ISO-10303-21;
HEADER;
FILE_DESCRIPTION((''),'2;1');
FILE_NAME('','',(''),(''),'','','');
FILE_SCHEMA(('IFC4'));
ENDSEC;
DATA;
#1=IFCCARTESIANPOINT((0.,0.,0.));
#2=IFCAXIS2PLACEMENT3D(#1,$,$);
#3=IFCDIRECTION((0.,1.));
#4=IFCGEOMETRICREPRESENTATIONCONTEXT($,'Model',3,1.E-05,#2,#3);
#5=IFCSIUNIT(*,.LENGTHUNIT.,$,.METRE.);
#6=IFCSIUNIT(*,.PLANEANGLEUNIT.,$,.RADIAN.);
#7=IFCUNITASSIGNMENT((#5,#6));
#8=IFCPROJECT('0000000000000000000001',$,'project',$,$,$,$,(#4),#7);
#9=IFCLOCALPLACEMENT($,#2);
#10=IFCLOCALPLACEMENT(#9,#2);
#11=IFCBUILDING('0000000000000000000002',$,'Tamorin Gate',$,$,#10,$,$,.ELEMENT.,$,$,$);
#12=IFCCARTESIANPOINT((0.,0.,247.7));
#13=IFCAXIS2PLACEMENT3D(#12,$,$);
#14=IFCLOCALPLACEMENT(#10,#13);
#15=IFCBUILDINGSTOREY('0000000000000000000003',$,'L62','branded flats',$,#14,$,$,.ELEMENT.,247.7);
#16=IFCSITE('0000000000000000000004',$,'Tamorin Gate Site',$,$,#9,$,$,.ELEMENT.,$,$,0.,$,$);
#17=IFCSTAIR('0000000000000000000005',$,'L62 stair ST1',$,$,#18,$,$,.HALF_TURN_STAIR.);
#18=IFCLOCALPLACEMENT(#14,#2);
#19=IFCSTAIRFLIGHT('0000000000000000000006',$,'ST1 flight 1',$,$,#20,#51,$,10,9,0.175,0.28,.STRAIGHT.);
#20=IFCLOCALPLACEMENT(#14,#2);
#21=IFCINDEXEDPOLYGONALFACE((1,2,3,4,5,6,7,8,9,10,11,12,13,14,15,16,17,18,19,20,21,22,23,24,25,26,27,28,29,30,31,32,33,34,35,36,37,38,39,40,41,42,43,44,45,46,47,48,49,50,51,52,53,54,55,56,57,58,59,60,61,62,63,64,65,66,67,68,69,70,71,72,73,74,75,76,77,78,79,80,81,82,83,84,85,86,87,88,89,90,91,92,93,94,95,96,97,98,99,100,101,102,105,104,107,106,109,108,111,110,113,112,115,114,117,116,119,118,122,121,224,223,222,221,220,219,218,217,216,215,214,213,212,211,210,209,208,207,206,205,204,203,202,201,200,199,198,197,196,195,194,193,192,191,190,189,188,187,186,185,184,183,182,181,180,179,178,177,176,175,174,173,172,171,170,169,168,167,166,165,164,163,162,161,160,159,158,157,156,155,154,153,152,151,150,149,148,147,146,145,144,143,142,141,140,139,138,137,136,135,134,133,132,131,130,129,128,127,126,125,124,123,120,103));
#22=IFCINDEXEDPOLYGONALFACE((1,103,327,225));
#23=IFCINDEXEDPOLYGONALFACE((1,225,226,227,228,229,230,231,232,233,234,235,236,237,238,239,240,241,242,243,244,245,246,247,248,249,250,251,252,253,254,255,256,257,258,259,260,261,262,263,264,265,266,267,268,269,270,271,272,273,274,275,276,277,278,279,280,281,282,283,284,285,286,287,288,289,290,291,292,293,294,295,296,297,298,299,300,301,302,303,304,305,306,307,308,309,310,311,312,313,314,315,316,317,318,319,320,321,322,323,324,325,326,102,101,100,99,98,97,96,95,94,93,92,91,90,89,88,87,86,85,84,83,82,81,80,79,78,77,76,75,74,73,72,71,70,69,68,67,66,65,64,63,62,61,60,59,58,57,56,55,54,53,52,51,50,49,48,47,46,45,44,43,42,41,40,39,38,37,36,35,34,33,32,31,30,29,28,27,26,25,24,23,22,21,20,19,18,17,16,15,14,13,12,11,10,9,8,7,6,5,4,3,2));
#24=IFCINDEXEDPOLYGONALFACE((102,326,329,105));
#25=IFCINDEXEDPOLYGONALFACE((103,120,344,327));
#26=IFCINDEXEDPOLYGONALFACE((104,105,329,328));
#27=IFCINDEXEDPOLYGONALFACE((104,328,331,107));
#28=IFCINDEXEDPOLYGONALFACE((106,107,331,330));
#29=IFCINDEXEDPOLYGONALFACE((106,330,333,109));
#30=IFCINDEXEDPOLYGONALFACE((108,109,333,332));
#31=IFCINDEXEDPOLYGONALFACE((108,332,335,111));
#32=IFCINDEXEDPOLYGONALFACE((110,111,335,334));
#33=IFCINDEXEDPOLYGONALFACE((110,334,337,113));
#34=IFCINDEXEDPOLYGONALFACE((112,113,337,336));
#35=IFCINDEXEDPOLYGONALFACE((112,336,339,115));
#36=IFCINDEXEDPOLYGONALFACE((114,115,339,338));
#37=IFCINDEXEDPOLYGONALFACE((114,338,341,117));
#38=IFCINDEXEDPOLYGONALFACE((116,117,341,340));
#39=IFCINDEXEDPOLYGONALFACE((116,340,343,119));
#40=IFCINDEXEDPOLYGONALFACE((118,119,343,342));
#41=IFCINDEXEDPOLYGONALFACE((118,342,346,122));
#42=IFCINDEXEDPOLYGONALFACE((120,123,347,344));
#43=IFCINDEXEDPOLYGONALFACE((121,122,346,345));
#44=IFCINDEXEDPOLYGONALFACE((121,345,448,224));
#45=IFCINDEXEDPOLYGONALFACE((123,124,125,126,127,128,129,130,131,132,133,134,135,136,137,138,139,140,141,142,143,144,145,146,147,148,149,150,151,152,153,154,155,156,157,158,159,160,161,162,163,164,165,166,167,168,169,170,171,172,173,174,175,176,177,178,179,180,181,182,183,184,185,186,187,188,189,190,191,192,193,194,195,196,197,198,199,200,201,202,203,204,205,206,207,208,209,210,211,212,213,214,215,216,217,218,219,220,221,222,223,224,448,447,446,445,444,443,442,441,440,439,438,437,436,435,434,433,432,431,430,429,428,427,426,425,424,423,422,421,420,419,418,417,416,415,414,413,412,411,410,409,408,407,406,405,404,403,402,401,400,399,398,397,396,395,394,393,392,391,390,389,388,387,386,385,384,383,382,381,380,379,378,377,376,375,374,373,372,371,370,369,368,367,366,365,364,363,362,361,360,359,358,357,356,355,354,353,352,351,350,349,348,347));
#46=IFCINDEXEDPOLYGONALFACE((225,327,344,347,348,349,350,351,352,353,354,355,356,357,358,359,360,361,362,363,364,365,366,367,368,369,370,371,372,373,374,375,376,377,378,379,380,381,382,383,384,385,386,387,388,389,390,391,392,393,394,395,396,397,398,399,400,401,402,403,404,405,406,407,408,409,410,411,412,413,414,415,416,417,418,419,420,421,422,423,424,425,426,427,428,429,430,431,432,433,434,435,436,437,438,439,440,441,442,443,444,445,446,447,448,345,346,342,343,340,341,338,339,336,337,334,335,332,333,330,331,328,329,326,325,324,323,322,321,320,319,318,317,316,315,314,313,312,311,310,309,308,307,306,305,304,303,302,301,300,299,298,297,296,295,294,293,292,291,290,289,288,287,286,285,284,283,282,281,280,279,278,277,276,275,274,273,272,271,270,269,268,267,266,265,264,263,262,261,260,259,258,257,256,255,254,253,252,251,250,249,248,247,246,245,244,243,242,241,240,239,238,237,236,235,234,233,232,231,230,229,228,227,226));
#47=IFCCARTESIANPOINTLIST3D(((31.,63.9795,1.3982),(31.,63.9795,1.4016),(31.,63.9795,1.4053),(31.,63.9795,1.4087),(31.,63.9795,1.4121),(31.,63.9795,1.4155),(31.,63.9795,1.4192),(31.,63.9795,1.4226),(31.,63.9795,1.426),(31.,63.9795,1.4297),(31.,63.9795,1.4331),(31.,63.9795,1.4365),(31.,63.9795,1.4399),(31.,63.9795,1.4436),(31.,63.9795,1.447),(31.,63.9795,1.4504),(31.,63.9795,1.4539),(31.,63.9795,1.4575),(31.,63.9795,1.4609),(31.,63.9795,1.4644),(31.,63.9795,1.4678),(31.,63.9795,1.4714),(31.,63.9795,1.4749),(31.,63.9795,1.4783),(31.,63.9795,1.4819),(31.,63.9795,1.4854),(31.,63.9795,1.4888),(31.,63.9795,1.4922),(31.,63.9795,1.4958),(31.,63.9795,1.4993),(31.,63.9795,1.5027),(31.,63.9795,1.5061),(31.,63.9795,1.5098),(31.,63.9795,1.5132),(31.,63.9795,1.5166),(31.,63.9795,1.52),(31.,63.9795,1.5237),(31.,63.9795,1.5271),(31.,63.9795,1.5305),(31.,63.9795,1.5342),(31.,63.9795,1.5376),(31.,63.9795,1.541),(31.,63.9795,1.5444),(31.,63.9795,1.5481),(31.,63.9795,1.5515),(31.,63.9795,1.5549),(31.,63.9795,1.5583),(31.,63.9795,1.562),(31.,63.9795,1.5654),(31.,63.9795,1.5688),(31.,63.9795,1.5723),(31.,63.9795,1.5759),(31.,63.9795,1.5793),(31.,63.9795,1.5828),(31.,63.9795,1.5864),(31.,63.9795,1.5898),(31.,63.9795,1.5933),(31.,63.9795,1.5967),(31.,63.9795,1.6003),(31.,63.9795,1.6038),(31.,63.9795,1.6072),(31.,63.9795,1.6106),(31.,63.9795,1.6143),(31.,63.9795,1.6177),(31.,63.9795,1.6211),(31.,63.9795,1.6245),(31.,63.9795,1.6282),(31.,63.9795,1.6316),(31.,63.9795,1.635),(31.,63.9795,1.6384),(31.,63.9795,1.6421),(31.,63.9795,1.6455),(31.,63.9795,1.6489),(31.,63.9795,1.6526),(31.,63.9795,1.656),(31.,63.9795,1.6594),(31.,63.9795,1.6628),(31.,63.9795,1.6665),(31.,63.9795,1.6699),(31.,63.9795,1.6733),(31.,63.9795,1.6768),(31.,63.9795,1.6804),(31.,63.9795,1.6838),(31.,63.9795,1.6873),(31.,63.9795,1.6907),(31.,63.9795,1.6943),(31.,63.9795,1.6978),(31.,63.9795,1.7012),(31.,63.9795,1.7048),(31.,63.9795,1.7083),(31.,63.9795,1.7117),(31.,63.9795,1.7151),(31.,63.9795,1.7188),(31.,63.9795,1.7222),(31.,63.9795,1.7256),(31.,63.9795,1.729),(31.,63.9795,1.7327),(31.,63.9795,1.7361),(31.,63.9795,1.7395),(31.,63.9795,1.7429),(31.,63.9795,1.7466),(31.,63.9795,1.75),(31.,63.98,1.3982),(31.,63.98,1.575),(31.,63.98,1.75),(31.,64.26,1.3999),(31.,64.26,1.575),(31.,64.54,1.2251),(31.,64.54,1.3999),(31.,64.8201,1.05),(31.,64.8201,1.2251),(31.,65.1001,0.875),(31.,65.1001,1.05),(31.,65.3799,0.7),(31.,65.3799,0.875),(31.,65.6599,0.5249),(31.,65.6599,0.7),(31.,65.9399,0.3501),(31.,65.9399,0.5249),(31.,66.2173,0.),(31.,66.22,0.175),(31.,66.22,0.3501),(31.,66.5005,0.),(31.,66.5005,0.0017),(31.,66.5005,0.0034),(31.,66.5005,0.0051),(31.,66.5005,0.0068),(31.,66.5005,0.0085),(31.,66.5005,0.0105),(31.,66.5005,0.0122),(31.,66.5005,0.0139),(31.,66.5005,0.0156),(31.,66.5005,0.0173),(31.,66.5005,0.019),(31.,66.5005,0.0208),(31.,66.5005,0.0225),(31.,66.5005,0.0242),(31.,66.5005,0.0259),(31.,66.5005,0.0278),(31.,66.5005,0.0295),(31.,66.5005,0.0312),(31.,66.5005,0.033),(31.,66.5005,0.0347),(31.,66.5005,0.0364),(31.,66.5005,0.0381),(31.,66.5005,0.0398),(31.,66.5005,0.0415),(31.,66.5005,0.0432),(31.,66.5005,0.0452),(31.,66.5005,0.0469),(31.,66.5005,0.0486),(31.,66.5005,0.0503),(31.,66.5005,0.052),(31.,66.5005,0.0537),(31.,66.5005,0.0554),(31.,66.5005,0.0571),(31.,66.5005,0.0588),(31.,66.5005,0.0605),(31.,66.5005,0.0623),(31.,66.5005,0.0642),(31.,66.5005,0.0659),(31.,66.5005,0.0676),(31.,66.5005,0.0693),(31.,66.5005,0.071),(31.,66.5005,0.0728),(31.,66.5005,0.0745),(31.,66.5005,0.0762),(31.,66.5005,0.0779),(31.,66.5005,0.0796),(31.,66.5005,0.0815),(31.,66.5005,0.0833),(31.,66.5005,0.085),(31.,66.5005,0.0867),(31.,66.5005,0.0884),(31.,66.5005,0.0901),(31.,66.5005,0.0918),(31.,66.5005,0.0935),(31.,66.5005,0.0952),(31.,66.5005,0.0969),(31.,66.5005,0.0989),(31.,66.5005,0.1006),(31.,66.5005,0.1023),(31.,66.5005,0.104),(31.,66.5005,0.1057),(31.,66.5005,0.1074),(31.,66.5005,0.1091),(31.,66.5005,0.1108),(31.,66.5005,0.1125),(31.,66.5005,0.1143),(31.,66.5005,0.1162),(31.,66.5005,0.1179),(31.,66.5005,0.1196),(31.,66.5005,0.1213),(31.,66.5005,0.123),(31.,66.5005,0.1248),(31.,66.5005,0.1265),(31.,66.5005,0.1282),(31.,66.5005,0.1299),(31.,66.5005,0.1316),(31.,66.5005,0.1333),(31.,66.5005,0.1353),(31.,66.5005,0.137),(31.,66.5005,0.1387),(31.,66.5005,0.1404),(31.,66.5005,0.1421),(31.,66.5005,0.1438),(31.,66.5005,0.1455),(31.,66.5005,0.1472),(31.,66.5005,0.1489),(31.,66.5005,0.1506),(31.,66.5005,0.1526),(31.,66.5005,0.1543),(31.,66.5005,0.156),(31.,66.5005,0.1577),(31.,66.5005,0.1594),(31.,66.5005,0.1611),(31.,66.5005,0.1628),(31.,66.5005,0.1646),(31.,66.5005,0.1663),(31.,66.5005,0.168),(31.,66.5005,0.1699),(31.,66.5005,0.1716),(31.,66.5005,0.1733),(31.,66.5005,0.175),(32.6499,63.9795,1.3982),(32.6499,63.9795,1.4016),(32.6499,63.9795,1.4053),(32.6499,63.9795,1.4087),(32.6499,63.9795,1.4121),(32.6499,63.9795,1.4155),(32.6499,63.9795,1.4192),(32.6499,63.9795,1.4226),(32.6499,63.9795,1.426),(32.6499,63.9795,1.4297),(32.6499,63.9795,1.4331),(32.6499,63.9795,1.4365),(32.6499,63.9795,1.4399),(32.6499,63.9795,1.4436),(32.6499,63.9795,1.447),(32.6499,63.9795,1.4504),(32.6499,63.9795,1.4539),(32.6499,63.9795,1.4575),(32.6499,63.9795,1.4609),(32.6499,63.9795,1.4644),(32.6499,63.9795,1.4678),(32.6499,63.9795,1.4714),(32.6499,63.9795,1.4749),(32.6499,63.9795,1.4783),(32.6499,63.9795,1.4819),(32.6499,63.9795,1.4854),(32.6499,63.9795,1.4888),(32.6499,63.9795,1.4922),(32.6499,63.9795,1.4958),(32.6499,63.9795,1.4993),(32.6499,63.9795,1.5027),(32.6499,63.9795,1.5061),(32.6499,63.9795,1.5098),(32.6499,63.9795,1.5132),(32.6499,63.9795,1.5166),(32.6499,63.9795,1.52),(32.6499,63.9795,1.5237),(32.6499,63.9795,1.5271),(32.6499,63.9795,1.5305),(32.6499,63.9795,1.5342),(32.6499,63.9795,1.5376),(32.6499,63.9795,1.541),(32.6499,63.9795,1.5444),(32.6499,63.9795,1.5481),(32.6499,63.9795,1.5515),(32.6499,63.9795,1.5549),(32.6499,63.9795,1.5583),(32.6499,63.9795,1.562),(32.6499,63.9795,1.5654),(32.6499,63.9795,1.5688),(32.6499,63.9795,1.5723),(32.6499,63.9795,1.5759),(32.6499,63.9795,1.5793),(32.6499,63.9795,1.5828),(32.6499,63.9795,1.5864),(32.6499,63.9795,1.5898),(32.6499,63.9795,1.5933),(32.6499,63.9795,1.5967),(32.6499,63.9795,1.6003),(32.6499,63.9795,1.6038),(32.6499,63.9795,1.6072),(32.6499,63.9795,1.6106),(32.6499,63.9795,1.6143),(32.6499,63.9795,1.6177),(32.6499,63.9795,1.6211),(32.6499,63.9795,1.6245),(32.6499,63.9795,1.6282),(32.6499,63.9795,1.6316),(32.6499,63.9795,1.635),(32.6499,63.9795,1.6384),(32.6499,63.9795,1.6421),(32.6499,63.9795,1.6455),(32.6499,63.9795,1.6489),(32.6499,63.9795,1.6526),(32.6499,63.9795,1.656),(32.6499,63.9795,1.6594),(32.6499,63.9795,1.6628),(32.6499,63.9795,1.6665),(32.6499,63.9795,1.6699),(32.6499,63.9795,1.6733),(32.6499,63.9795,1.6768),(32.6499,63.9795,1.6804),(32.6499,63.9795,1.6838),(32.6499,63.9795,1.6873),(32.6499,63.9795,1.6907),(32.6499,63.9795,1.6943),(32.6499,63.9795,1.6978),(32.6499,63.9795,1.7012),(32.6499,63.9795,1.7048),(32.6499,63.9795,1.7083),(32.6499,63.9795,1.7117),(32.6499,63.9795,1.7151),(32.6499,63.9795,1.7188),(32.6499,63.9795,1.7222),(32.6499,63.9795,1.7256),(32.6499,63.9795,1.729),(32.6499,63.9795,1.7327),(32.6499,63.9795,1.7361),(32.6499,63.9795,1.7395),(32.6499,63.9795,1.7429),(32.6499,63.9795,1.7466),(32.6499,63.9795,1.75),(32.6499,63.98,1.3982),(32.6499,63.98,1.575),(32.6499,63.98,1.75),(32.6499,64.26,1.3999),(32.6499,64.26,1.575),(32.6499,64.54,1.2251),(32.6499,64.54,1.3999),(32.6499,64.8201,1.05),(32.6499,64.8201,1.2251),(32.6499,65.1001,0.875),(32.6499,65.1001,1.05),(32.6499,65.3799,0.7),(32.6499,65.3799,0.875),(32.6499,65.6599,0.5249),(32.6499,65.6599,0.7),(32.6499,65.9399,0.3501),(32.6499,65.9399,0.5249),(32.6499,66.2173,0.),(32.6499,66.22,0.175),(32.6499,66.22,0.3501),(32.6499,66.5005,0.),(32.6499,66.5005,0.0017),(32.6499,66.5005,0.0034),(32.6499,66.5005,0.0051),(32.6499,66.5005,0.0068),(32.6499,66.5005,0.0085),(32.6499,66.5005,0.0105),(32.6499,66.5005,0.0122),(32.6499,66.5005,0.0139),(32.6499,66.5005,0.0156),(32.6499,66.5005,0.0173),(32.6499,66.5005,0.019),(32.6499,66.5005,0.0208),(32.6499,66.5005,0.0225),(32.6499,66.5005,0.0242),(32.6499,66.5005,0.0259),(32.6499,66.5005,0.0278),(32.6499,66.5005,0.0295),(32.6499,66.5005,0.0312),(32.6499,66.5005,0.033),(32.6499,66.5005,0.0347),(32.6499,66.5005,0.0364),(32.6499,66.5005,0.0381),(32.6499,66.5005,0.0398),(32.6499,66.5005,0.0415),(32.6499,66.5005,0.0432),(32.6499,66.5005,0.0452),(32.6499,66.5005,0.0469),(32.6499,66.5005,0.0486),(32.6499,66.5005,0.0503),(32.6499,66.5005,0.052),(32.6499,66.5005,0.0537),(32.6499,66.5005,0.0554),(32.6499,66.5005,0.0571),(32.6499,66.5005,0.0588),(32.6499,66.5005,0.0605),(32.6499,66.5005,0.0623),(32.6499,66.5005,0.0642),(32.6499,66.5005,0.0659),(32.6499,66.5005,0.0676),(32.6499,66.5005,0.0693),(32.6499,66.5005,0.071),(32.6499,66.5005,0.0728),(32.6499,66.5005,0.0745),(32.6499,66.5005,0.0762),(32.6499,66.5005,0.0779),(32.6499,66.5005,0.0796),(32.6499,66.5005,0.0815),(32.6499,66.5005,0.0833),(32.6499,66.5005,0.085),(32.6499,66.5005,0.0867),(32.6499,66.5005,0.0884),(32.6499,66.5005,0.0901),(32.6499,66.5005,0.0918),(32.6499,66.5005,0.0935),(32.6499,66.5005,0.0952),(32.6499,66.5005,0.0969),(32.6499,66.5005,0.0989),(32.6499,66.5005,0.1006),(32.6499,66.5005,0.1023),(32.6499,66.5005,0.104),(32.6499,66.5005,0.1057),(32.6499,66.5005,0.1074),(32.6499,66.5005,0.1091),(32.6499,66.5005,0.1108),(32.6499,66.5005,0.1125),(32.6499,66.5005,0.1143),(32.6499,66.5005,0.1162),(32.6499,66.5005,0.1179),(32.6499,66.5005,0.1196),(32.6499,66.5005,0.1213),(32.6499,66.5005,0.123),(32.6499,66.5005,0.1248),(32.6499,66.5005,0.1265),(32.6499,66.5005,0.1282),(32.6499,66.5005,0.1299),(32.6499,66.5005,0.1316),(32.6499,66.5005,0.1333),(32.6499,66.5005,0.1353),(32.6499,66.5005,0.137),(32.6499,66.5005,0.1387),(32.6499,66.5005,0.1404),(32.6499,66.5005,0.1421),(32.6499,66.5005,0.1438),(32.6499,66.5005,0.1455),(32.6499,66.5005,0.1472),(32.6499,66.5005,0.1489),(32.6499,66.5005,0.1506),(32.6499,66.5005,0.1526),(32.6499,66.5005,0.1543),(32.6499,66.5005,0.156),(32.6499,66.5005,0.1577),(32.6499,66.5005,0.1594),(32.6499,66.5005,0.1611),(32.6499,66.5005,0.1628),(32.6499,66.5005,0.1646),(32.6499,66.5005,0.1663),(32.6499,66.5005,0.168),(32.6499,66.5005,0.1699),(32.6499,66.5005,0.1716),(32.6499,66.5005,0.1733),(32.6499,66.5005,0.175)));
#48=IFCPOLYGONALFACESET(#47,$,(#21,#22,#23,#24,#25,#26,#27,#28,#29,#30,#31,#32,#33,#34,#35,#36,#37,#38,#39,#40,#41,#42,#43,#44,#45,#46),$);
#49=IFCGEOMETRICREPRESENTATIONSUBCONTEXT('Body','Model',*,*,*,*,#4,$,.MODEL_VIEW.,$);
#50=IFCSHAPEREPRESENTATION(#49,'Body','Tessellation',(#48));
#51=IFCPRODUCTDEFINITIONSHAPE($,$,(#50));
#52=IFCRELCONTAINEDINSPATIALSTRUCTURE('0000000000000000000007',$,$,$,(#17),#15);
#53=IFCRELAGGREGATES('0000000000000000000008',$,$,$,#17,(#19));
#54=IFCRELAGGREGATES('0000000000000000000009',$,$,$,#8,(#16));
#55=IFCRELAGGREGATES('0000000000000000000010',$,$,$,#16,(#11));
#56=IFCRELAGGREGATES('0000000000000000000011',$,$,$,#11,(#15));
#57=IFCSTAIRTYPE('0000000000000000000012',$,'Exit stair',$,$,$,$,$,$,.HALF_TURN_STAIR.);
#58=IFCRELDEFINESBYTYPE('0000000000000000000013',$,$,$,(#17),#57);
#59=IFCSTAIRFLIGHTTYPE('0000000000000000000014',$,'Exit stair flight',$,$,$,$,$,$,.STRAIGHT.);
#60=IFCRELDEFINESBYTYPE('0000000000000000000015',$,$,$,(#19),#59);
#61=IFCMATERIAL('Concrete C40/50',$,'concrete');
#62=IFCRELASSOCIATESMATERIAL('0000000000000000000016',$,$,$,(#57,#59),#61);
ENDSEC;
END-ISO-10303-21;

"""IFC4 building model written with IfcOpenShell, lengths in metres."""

from ifc_helpers import new_model, si_unit, direction, frame, origin, place, context, subcontext, project, spatial, polyline, outline, extrude, material, type_object, element, aggregate, save


model = new_model("IFC4")

# Units and contexts
model_context = context("Model", 3, precision=1e-05, world=origin(), true_north=direction((0.0, 1.0)))
body_context = subcontext(model_context, "Body", "Model", "MODEL_VIEW")
ifc_project = project(units=[si_unit("LENGTHUNIT", "METRE"), si_unit("PLANEANGLEUNIT", "RADIAN")], contexts=[model_context])

# Site, building, storey
site_placement = place(None, origin())
site = spatial("IfcSite", under=ifc_project, at=site_placement, Name="Tamorin Gate Site", CompositionType="ELEMENT", RefElevation=0.0)
building_placement = place(site_placement, origin())
building = spatial("IfcBuilding", under=site, at=building_placement, Name="Tamorin Gate", CompositionType="ELEMENT")
storey_placement = place(building_placement, frame((0.0, 0.0, 247.7)))
storey = spatial("IfcBuildingStorey", under=building, at=storey_placement, Name="L62", Description="branded flats", CompositionType="ELEMENT", Elevation=247.7)

# Shared definitions
ifc_material_1 = material(Name="Concrete C40/50", Category="concrete")

# Stair, stair flight
stair_type = type_object("IfcStairType", Name="Exit stair", PredefinedType="HALF_TURN_STAIR", material=ifc_material_1)
stair_1_placement = place(storey_placement, origin())
stair_1 = element("IfcStair", 1, at=stair_1_placement, inside=storey, type_object=stair_type, Name="L62 stair ST1", PredefinedType="HALF_TURN_STAIR")
stair_flight_type = type_object("IfcStairFlightType", Name="Exit stair flight", PredefinedType="STRAIGHT", material=ifc_material_1)
stair_flight_1_placement = place(storey_placement, frame((31.825, 66.5, 0.0), z_axis=(0.0, 0.0, 1.0), x_axis=(0.0, -1.0, 0.0)))
stair_flight_1 = element("IfcStairFlight", 2, at=stair_flight_1_placement, type_object=stair_flight_type, Name="ST1 flight 1", NumberOfRisers=10, NumberOfTreads=9, PredefinedType="STRAIGHT", RiserHeight=0.175, TreadLength=0.28, context=body_context, shape_type="SweptSolid", body=[
    extrude(outline(polyline([(-0.0005, 0.0), (-0.0005, 0.0017), (-0.0005, 0.0034), (-0.0005, 0.0051), (-0.0005, 0.0068), (-0.0005, 0.0085), (-0.0005, 0.0105), (-0.0005, 0.0122), (-0.0005, 0.0139), (-0.0005, 0.0156), (-0.0005, 0.0173), (-0.0005, 0.019), (-0.0005, 0.0208), (-0.0005, 0.0225), (-0.0005, 0.0242), (-0.0005, 0.0259), (-0.0005, 0.0278), (-0.0005, 0.0295), (-0.0005, 0.0312), (-0.0005, 0.033), (-0.0005, 0.0347), (-0.0005, 0.0364), (-0.0005, 0.0381), (-0.0005, 0.0398), (-0.0005, 0.0415), (-0.0005, 0.0432), (-0.0005, 0.0452), (-0.0005, 0.0469), (-0.0005, 0.0486), (-0.0005, 0.0503), (-0.0005, 0.052), (-0.0005, 0.0537), (-0.0005, 0.0554), (-0.0005, 0.0571), (-0.0005, 0.0588), (-0.0005, 0.0605), (-0.0005, 0.0623), (-0.0005, 0.0642), (-0.0005, 0.0659), (-0.0005, 0.0676), (-0.0005, 0.0693), (-0.0005, 0.071), (-0.0005, 0.0728), (-0.0005, 0.0745), (-0.0005, 0.0762), (-0.0005, 0.0779), (-0.0005, 0.0796), (-0.0005, 0.0815), (-0.0005, 0.0833), (-0.0005, 0.085), (-0.0005, 0.0867), (-0.0005, 0.0884), (-0.0005, 0.0901), (-0.0005, 0.0918), (-0.0005, 0.0935), (-0.0005, 0.0952), (-0.0005, 0.0969), (-0.0005, 0.0989), (-0.0005, 0.1006), (-0.0005, 0.1023), (-0.0005, 0.104), (-0.0005, 0.1057), (-0.0005, 0.1074), (-0.0005, 0.1091), (-0.0005, 0.1108), (-0.0005, 0.1125), (-0.0005, 0.1143), (-0.0005, 0.1162), (-0.0005, 0.1179), (-0.0005, 0.1196), (-0.0005, 0.1213), (-0.0005, 0.123), (-0.0005, 0.1248), (-0.0005, 0.1265), (-0.0005, 0.1282), (-0.0005, 0.1299), (-0.0005, 0.1316), (-0.0005, 0.1333), (-0.0005, 0.1353), (-0.0005, 0.137), (-0.0005, 0.1387), (-0.0005, 0.1404), (-0.0005, 0.1421), (-0.0005, 0.1438), (-0.0005, 0.1455), (-0.0005, 0.1472), (-0.0005, 0.1489), (-0.0005, 0.1506), (-0.0005, 0.1526), (-0.0005, 0.1543), (-0.0005, 0.156), (-0.0005, 0.1577), (-0.0005, 0.1594), (-0.0005, 0.1611), (-0.0005, 0.1628), (-0.0005, 0.1646), (-0.0005, 0.1663), (-0.0005, 0.168), (-0.0005, 0.1699), (-0.0005, 0.1716), (-0.0005, 0.1733), (-0.0005, 0.175), (0.28, 0.175), (0.28, 0.3501), (0.5601, 0.3501), (0.5601, 0.5249), (0.8401, 0.5249), (0.8401, 0.7), (1.1201, 0.7), (1.1201, 0.875), (1.3999, 0.875), (1.3999, 1.05), (1.6799, 1.05), (1.6799, 1.2251), (1.96, 1.2251), (1.96, 1.3999), (2.24, 1.3999), (2.24, 1.575), (2.52, 1.575), (2.52, 1.75), (2.5205, 1.75), (2.5205, 1.7466), (2.5205, 1.7429), (2.5205, 1.7395), (2.5205, 1.7361), (2.5205, 1.7327), (2.5205, 1.729), (2.5205, 1.7256), (2.5205, 1.7222), (2.5205, 1.7188), (2.5205, 1.7151), (2.5205, 1.7117), (2.5205, 1.7083), (2.5205, 1.7048), (2.5205, 1.7012), (2.5205, 1.6978), (2.5205, 1.6943), (2.5205, 1.6907), (2.5205, 1.6873), (2.5205, 1.6838), (2.5205, 1.6804), (2.5205, 1.6768), (2.5205, 1.6733), (2.5205, 1.6699), (2.5205, 1.6665), (2.5205, 1.6628), (2.5205, 1.6594), (2.5205, 1.656), (2.5205, 1.6526), (2.5205, 1.6489), (2.5205, 1.6455), (2.5205, 1.6421), (2.5205, 1.6384), (2.5205, 1.635), (2.5205, 1.6316), (2.5205, 1.6282), (2.5205, 1.6245), (2.5205, 1.6211), (2.5205, 1.6177), (2.5205, 1.6143), (2.5205, 1.6106), (2.5205, 1.6072), (2.5205, 1.6038), (2.5205, 1.6003), (2.5205, 1.5967), (2.5205, 1.5933), (2.5205, 1.5898), (2.5205, 1.5864), (2.5205, 1.5828), (2.5205, 1.5793), (2.5205, 1.5759), (2.5205, 1.5723), (2.5205, 1.5688), (2.5205, 1.5654), (2.5205, 1.562), (2.5205, 1.5583), (2.5205, 1.5549), (2.5205, 1.5515), (2.5205, 1.5481), (2.5205, 1.5444), (2.5205, 1.541), (2.5205, 1.5376), (2.5205, 1.5342), (2.5205, 1.5305), (2.5205, 1.5271), (2.5205, 1.5237), (2.5205, 1.52), (2.5205, 1.5166), (2.5205, 1.5132), (2.5205, 1.5098), (2.5205, 1.5061), (2.5205, 1.5027), (2.5205, 1.4993), (2.5205, 1.4958), (2.5205, 1.4922), (2.5205, 1.4888), (2.5205, 1.4854), (2.5205, 1.4819), (2.5205, 1.4783), (2.5205, 1.4749), (2.5205, 1.4714), (2.5205, 1.4678), (2.5205, 1.4644), (2.5205, 1.4609), (2.5205, 1.4575), (2.5205, 1.4539), (2.5205, 1.4504), (2.5205, 1.447), (2.5205, 1.4436), (2.5205, 1.4399), (2.5205, 1.4365), (2.5205, 1.4331), (2.5205, 1.4297), (2.5205, 1.426), (2.5205, 1.4226), (2.5205, 1.4192), (2.5205, 1.4155), (2.5205, 1.4121), (2.5205, 1.4087), (2.5205, 1.4053), (2.5205, 1.4016), (2.5205, 1.3982), (2.52, 1.3982), (0.2827, 0.0), (-0.0005, 0.0)])), frame((0.0, 0.825, 0.0), z_axis=(0.0, -1.0, 0.0), x_axis=(1.0, 0.0, 0.0)), (0.0, 0.0, 1.0), 1.6499),
])
aggregate(stair_1, [stair_flight_1])

save(model, "model.ifc")
